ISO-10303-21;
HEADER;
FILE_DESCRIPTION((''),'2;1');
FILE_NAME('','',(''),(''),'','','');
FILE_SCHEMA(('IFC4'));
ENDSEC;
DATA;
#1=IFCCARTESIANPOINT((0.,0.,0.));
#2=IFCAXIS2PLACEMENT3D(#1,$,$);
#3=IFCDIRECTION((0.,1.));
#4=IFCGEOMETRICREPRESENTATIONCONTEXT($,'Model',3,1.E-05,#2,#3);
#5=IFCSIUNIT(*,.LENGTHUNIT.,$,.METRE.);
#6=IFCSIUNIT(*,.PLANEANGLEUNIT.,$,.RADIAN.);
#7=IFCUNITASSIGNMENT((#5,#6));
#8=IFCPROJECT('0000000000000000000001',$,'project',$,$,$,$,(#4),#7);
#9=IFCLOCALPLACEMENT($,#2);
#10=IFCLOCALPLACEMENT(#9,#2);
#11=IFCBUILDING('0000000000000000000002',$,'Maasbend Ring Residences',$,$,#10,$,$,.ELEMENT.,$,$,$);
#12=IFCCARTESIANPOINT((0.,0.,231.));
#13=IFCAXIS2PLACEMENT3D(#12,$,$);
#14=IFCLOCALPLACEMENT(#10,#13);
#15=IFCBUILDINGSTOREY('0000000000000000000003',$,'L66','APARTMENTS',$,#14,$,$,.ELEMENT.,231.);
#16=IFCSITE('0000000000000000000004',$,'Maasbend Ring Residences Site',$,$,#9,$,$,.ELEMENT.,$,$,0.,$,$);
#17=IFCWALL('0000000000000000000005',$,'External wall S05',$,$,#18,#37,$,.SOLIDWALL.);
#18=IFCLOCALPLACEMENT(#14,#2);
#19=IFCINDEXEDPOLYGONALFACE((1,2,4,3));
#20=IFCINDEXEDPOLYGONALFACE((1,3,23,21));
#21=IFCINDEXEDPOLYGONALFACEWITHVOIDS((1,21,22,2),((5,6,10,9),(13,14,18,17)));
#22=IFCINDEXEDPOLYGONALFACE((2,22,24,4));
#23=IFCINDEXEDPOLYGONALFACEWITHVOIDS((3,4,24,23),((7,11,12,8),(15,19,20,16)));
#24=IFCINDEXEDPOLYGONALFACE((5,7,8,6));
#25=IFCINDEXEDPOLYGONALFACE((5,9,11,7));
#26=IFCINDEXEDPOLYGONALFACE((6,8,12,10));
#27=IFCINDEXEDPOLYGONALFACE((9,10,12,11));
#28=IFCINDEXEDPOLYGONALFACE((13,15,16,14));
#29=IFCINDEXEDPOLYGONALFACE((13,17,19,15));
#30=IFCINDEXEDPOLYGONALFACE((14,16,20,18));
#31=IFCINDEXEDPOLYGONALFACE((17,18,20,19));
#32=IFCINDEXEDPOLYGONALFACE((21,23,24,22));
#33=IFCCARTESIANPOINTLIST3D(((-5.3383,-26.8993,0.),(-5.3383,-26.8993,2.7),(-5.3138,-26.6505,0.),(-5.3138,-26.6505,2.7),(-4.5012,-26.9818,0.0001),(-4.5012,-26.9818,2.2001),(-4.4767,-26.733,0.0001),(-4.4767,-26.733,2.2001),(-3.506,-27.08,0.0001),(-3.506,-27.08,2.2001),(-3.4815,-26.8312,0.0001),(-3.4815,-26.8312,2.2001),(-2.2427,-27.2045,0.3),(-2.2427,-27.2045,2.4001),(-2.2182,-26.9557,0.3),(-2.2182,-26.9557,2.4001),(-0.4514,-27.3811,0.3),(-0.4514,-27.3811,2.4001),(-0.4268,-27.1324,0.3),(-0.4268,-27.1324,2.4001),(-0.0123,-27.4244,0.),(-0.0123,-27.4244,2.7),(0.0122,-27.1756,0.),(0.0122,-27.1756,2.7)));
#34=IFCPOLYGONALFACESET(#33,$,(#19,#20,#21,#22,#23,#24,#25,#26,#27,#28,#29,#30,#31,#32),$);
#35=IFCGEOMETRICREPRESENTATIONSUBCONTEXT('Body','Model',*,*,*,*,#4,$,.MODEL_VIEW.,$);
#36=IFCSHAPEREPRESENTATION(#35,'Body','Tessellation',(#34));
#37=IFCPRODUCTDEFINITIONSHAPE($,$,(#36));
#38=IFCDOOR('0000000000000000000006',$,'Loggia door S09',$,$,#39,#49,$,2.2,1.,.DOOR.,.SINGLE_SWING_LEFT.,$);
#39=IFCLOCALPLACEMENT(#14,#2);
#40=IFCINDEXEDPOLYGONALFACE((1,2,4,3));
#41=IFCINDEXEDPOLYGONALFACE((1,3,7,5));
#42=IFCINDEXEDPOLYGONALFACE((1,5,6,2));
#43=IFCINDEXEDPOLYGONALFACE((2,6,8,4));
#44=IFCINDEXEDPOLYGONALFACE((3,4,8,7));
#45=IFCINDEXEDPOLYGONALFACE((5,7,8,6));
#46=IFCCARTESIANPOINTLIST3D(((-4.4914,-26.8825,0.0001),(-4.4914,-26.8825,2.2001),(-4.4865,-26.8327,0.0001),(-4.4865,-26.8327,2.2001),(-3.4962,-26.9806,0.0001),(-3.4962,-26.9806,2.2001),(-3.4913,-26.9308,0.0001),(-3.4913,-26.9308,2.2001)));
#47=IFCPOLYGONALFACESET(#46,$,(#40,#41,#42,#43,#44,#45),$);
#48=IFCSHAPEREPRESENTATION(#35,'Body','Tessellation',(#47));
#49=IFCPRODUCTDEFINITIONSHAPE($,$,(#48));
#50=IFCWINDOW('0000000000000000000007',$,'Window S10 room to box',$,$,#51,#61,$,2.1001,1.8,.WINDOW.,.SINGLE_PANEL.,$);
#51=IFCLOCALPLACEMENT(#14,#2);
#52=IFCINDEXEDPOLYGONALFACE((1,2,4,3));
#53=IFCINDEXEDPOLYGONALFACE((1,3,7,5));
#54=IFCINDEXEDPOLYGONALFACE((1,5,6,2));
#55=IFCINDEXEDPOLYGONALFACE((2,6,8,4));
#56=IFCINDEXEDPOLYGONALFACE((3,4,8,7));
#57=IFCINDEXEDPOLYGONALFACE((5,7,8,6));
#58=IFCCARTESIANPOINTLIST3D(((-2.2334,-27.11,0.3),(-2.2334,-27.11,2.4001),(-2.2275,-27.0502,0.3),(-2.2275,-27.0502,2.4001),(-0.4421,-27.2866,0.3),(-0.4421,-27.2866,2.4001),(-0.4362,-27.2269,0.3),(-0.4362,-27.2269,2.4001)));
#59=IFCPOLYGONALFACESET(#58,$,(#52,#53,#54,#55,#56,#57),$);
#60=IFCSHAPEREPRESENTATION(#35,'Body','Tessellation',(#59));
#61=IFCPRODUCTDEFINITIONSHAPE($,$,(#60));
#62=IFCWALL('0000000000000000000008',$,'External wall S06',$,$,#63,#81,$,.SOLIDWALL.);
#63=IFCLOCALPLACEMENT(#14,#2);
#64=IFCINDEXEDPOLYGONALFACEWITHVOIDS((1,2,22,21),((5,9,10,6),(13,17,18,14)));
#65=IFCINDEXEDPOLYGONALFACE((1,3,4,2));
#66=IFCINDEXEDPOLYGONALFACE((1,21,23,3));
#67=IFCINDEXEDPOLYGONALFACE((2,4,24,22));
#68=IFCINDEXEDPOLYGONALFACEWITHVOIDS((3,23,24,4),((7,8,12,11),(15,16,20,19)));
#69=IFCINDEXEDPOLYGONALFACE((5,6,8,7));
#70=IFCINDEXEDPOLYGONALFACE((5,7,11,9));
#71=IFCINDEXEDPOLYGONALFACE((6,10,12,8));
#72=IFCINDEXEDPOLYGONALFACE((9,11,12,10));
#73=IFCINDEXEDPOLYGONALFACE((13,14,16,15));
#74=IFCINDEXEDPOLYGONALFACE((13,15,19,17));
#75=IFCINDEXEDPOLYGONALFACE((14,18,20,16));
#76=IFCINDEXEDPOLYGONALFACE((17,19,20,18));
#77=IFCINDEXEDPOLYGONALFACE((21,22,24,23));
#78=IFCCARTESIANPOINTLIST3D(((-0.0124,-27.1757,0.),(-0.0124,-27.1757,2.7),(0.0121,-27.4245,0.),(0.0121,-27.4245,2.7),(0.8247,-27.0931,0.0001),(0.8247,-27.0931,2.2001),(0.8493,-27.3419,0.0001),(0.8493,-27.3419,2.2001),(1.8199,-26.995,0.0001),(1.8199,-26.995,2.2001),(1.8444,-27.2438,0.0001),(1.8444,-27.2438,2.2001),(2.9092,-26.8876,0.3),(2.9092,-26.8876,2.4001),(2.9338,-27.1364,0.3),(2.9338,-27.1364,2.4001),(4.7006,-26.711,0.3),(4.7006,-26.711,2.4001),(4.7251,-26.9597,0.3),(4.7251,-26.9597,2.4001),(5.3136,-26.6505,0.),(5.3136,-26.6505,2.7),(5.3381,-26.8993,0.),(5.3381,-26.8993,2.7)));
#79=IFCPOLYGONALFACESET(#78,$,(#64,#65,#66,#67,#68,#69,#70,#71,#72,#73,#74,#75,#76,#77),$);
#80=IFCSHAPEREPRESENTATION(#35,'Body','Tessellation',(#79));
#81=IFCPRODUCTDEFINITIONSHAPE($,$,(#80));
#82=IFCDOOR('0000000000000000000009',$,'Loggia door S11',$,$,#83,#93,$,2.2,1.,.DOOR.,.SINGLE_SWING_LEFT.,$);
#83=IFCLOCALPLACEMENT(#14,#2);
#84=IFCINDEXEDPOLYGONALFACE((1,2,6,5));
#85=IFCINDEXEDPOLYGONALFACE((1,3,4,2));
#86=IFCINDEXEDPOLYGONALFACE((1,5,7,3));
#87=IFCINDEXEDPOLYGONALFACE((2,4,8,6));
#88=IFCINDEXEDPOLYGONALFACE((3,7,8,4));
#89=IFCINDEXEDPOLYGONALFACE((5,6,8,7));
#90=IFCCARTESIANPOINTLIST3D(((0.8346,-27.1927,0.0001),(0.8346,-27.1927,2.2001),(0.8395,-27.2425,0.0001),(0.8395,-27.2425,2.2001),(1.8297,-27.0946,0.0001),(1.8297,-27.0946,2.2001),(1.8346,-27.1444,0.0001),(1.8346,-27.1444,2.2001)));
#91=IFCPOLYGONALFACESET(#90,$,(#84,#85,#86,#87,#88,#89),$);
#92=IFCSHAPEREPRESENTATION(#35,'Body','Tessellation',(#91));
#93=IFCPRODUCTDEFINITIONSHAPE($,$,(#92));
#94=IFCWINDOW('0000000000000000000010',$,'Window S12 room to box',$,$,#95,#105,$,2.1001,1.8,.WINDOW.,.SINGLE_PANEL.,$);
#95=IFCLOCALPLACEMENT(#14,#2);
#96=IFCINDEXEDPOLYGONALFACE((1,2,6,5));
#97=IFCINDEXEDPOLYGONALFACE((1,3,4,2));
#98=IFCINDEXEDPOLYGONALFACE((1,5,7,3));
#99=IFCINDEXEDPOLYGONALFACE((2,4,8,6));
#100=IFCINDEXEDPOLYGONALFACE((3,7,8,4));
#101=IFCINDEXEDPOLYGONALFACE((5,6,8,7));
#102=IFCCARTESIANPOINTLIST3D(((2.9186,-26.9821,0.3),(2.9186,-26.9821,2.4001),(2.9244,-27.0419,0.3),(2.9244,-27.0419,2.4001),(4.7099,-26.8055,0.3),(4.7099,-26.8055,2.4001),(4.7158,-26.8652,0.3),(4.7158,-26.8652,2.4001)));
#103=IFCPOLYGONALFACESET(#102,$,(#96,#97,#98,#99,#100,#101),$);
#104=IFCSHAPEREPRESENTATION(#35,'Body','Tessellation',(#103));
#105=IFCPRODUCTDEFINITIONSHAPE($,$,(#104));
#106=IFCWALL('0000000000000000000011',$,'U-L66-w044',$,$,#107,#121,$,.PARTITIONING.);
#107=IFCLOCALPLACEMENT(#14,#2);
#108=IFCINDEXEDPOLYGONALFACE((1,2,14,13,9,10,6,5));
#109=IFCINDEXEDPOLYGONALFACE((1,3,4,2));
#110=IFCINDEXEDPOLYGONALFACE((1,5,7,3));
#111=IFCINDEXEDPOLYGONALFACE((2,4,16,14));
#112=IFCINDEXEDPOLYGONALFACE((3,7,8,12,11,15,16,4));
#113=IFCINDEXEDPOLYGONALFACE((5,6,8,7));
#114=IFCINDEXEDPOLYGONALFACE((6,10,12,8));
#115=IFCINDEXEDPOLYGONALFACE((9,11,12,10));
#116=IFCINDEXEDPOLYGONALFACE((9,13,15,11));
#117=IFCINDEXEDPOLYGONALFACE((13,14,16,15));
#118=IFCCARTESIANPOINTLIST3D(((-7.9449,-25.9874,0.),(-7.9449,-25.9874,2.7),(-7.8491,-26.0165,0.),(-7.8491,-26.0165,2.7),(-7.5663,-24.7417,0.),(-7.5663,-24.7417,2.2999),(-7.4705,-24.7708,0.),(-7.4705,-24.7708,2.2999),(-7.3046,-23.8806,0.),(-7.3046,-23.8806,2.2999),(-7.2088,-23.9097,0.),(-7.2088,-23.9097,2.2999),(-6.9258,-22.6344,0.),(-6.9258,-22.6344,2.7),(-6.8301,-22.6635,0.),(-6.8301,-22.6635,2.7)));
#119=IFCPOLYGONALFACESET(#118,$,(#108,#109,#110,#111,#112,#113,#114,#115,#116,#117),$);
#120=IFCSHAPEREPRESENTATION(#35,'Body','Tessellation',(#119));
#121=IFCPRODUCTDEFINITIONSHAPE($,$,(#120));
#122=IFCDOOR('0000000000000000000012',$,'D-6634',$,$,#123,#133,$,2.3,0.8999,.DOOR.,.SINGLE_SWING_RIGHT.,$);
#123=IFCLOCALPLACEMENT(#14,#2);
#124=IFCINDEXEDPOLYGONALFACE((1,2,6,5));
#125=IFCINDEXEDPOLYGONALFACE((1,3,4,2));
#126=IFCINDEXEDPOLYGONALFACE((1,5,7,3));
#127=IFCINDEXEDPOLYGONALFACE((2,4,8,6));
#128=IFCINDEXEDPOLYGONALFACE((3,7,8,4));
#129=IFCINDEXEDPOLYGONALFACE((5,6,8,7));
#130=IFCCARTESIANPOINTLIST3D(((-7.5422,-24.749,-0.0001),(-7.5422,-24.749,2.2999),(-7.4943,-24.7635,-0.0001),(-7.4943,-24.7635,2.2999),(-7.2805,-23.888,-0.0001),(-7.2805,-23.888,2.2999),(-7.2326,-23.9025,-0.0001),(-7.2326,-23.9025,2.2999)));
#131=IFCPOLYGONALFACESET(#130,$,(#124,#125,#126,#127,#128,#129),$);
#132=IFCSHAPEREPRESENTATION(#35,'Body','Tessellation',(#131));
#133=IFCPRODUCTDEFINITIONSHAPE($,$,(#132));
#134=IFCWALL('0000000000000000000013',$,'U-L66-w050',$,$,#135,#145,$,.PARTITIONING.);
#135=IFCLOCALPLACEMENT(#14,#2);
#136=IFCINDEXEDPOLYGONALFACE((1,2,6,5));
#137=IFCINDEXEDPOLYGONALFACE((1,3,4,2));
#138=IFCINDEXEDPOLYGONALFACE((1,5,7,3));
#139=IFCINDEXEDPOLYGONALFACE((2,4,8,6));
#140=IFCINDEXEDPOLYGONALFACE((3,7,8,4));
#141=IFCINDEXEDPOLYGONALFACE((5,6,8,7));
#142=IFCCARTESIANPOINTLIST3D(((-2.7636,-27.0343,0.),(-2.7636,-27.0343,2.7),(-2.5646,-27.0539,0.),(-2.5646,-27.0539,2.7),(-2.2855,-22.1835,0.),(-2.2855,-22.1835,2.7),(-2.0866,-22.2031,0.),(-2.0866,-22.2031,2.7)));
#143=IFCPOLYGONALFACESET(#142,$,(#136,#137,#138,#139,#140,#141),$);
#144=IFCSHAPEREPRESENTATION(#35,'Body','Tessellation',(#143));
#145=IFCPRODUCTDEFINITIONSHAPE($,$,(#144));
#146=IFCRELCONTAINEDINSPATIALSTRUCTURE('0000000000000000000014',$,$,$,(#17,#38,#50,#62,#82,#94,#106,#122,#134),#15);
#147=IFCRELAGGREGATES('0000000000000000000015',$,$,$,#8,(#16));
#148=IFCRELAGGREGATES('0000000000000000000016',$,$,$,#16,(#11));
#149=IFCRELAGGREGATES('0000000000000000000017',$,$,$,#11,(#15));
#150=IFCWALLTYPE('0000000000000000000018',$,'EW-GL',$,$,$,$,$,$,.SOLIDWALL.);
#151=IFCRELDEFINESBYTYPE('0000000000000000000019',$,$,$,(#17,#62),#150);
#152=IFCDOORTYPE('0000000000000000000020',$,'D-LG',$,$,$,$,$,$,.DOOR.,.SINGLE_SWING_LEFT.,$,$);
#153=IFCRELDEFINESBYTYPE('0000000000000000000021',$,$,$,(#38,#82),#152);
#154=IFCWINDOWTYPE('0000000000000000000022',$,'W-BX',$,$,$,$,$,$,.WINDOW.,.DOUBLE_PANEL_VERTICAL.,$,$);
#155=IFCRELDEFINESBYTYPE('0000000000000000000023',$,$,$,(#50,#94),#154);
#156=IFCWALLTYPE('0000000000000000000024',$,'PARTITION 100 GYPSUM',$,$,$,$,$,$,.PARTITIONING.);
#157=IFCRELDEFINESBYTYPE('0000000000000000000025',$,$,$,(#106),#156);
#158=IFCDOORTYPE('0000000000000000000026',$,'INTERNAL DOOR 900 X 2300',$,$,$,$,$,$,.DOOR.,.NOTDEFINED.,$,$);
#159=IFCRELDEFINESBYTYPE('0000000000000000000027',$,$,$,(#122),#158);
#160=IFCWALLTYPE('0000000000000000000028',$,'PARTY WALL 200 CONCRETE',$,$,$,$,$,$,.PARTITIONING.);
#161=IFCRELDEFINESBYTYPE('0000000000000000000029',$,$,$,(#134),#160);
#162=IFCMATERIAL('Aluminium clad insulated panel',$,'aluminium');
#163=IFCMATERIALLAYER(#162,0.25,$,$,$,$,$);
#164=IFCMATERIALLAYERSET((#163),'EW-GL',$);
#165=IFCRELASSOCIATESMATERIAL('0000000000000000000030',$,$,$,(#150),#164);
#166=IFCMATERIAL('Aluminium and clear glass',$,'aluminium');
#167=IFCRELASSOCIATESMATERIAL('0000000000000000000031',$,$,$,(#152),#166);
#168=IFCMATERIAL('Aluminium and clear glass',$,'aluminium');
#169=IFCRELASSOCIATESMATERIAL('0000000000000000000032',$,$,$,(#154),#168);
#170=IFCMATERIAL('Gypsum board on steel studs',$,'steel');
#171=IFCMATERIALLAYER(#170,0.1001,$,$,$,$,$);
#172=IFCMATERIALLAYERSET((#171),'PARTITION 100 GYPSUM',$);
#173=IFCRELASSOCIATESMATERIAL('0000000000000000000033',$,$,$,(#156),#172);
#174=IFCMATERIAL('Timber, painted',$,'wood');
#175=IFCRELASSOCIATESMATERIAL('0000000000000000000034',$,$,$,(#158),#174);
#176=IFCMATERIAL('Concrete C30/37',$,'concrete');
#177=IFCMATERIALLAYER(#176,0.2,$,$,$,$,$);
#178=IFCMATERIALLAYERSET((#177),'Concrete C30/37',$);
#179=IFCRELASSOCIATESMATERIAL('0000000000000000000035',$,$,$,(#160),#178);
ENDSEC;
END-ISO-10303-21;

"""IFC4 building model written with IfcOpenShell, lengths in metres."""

from ifc_helpers import new_model, si_unit, direction, frame, frame_2d, origin, place, context, subcontext, project, spatial, rectangle, extrude, material, layer, layer_set, type_object, element, fill, save


model = new_model("IFC4")

# Units and contexts
model_context = context("Model", 3, precision=1e-05, world=origin(), true_north=direction((0.0, 1.0)))
body_context = subcontext(model_context, "Body", "Model", "MODEL_VIEW")
ifc_project = project(units=[si_unit("LENGTHUNIT", "METRE"), si_unit("PLANEANGLEUNIT", "RADIAN")], contexts=[model_context])

# Site, building, storey
site_placement = place(None, origin())
site = spatial("IfcSite", under=ifc_project, at=site_placement, Name="Maasbend Ring Residences Site", CompositionType="ELEMENT", RefElevation=0.0)
building_placement = place(site_placement, origin())
building = spatial("IfcBuilding", under=site, at=building_placement, Name="Maasbend Ring Residences", CompositionType="ELEMENT")
storey_placement = place(building_placement, frame((0.0, 0.0, 231.0)))
storey = spatial("IfcBuildingStorey", under=building, at=storey_placement, Name="L66", Description="APARTMENTS", CompositionType="ELEMENT", Elevation=231.0)

# Walls, openings, doors, windows
ifc_material_1 = material(Name="Aluminium clad insulated panel", Category="aluminium")
ifc_layer_1 = layer(ifc_material_1, 0.25)
ifc_layer_set_1 = layer_set([ifc_layer_1], Name="EW-GL")
wall_type_1 = type_object("IfcWallType", Name="EW-GL", PredefinedType="SOLIDWALL", material=ifc_layer_set_1)
wall_1_placement = place(storey_placement, frame((-5.3259, -26.7749, 0.0), z_axis=(0.0, 0.0, 1.0), x_axis=(0.995174, -0.098126, 0.0)))
wall_1 = element("IfcWall", 1, at=wall_1_placement, inside=storey, type_object=wall_type_1, Name="External wall S05", PredefinedType="SOLIDWALL", context=body_context, shape_type="SweptSolid", body=[
    extrude(rectangle(XDim=5.3518, YDim=0.25, at=frame_2d((2.6758, 0.0))), origin(), (0.0, 0.0, 1.0), 2.7),
])
opening_1_placement = place(wall_1_placement, frame((0.8411, 0.0, 0.0)))
opening_1 = element("IfcOpeningElement", 2, at=opening_1_placement, cuts=wall_1, PredefinedType="OPENING", context=body_context, shape_type="SweptSolid", body=[
    extrude(rectangle(XDim=1.0, YDim=2.2, at=frame_2d((0.5, 1.1001))), frame((0.0, 0.135, 0.0), z_axis=(0.0, -1.0, 0.0), x_axis=(1.0, 0.0, 0.0)), (0.0, 0.0, 1.0), 0.27),
])
opening_2_placement = place(wall_1_placement, frame((3.1106, 0.0, 0.3)))
opening_2 = element("IfcOpeningElement", 3, at=opening_2_placement, cuts=wall_1, PredefinedType="OPENING", context=body_context, shape_type="SweptSolid", body=[
    extrude(rectangle(XDim=1.8, YDim=2.1001, at=frame_2d((0.8999, 1.05))), frame((0.0, 0.135, 0.0), z_axis=(0.0, -1.0, 0.0), x_axis=(1.0, 0.0, 0.0)), (0.0, 0.0, 1.0), 0.27),
])
ifc_material_2 = material(Name="Aluminium and clear glass", Category="aluminium")
door_type_1 = type_object("IfcDoorType", Name="D-LG", OperationType="SINGLE_SWING_LEFT", PredefinedType="DOOR", material=ifc_material_2)
door_1_placement = place(opening_1_placement, origin())
door_1 = element("IfcDoor", 4, at=door_1_placement, inside=storey, type_object=door_type_1, Name="Loggia door S09", OperationType="SINGLE_SWING_LEFT", OverallHeight=2.2, OverallWidth=1.0, PredefinedType="DOOR", context=body_context, shape_type="SweptSolid", body=[
    extrude(rectangle(XDim=1.0, YDim=2.2, at=frame_2d((0.5, 1.1001))), frame((0.0, 0.0249, 0.0), z_axis=(0.0, -1.0, 0.0), x_axis=(1.0, 0.0, 0.0)), (0.0, 0.0, 1.0), 0.05),
])
fill(opening_1, door_1)
ifc_material_3 = material(Name="Aluminium and clear glass", Category="aluminium")
window_type_1 = type_object("IfcWindowType", Name="W-BX", PartitioningType="DOUBLE_PANEL_VERTICAL", PredefinedType="WINDOW", material=ifc_material_3)
window_1_placement = place(opening_2_placement, origin())
window_1 = element("IfcWindow", 5, at=window_1_placement, inside=storey, type_object=window_type_1, Name="Window S10 room to box", OverallHeight=2.1001, OverallWidth=1.8, PartitioningType="SINGLE_PANEL", PredefinedType="WINDOW", context=body_context, shape_type="SweptSolid", body=[
    extrude(rectangle(XDim=1.8, YDim=2.1001, at=frame_2d((0.8999, 1.05))), frame((0.0, 0.03, 0.0), z_axis=(0.0, -1.0, 0.0), x_axis=(1.0, 0.0, 0.0)), (0.0, 0.0, 1.0), 0.0601),
])
fill(opening_2, window_1)
wall_2_placement = place(storey_placement, frame((0.0, -27.3, 0.0), z_axis=(0.0, 0.0, 1.0), x_axis=(0.995174, 0.098126, 0.0)))
wall_2 = element("IfcWall", 6, at=wall_2_placement, inside=storey, type_object=wall_type_1, Name="External wall S06", PredefinedType="SOLIDWALL", context=body_context, shape_type="SweptSolid", body=[
    extrude(rectangle(XDim=5.3518, YDim=0.25, at=frame_2d((2.6758, 0.0))), origin(), (0.0, 0.0, 1.0), 2.7),
])
opening_3_placement = place(wall_2_placement, frame((0.8411, 0.0, 0.0)))
opening_3 = element("IfcOpeningElement", 7, at=opening_3_placement, cuts=wall_2, PredefinedType="OPENING", context=body_context, shape_type="SweptSolid", body=[
    extrude(rectangle(XDim=1.0, YDim=2.2, at=frame_2d((0.5, 1.1001))), frame((0.0, 0.135, 0.0), z_axis=(0.0, -1.0, 0.0), x_axis=(1.0, 0.0, 0.0)), (0.0, 0.0, 1.0), 0.27),
])
opening_4_placement = place(wall_2_placement, frame((2.9358, 0.0, 0.3)))
opening_4 = element("IfcOpeningElement", 8, at=opening_4_placement, cuts=wall_2, PredefinedType="OPENING", context=body_context, shape_type="SweptSolid", body=[
    extrude(rectangle(XDim=1.8, YDim=2.1001, at=frame_2d((0.8999, 1.05))), frame((0.0, 0.135, 0.0), z_axis=(0.0, -1.0, 0.0), x_axis=(1.0, 0.0, 0.0)), (0.0, 0.0, 1.0), 0.27),
])
door_2_placement = place(opening_3_placement, origin())
door_2 = element("IfcDoor", 9, at=door_2_placement, inside=storey, type_object=door_type_1, Name="Loggia door S11", OperationType="SINGLE_SWING_LEFT", OverallHeight=2.2, OverallWidth=1.0, PredefinedType="DOOR", context=body_context, shape_type="SweptSolid", body=[
    extrude(rectangle(XDim=1.0, YDim=2.2, at=frame_2d((0.5, 1.1001))), frame((0.0, 0.0249, 0.0), z_axis=(0.0, -1.0, 0.0), x_axis=(1.0, 0.0, 0.0)), (0.0, 0.0, 1.0), 0.05),
])
fill(opening_3, door_2)
window_2_placement = place(opening_4_placement, origin())
window_2 = element("IfcWindow", 10, at=window_2_placement, inside=storey, type_object=window_type_1, Name="Window S12 room to box", OverallHeight=2.1001, OverallWidth=1.8, PartitioningType="SINGLE_PANEL", PredefinedType="WINDOW", context=body_context, shape_type="SweptSolid", body=[
    extrude(rectangle(XDim=1.8, YDim=2.1001, at=frame_2d((0.8999, 1.05))), frame((0.0, 0.03, 0.0), z_axis=(0.0, -1.0, 0.0), x_axis=(1.0, 0.0, 0.0)), (0.0, 0.0, 1.0), 0.0601),
])
fill(opening_4, window_2)

# Wall, opening, door
ifc_material_4 = material(Name="Gypsum board on steel studs", Category="steel")
ifc_layer_2 = layer(ifc_material_4, 0.1001)
ifc_layer_set_2 = layer_set([ifc_layer_2], Name="PARTITION 100 GYPSUM")
wall_type_2 = type_object("IfcWallType", Name="PARTITION 100 GYPSUM", PredefinedType="PARTITIONING", material=ifc_layer_set_2)
wall_3_placement = place(storey_placement, frame((-7.897, -26.002, 0.0), z_axis=(0.0, 0.0, 1.0), x_axis=(0.290785, 0.956789, 0.0)))
wall_3 = element("IfcWall", 11, at=wall_3_placement, inside=storey, type_object=wall_type_2, Name="U-L66-w044", PredefinedType="PARTITIONING", context=body_context, shape_type="SweptSolid", body=[
    extrude(rectangle(XDim=3.5044, YDim=0.1001, at=frame_2d((1.7522, 0.0))), origin(), (0.0, 0.0, 1.0), 2.7),
])
opening_5_placement = place(wall_3_placement, frame((1.302, 0.0, 0.0)))
opening_5 = element("IfcOpeningElement", 12, at=opening_5_placement, cuts=wall_3, PredefinedType="OPENING", context=body_context, shape_type="SweptSolid", body=[
    extrude(rectangle(XDim=0.8999, YDim=2.3, at=frame_2d((0.45, 1.1499))), frame((0.0, 0.0601, 0.0), z_axis=(0.0, -1.0, 0.0), x_axis=(1.0, 0.0, 0.0)), (0.0, 0.0, 1.0), 0.1201),
])
ifc_material_5 = material(Name="Timber, painted", Category="wood")
door_type_2 = type_object("IfcDoorType", Name="INTERNAL DOOR 900 X 2300", OperationType="NOTDEFINED", PredefinedType="DOOR", material=ifc_material_5)
door_3_placement = place(opening_5_placement, origin())
door_3 = element("IfcDoor", 13, at=door_3_placement, inside=storey, type_object=door_type_2, Name="D-6634", OperationType="SINGLE_SWING_RIGHT", OverallHeight=2.3, OverallWidth=0.8999, PredefinedType="DOOR", context=body_context, shape_type="SweptSolid", body=[
    extrude(rectangle(XDim=0.8999, YDim=2.3, at=frame_2d((0.45, 1.1499))), frame((0.0, 0.0249, 0.0), z_axis=(0.0, -1.0, 0.0), x_axis=(1.0, 0.0, 0.0)), (0.0, 0.0, 1.0), 0.05),
])
fill(opening_5, door_3)

# Wall
ifc_material_6 = material(Name="Concrete C30/37", Category="concrete")
ifc_layer_3 = layer(ifc_material_6, 0.2)
ifc_layer_set_3 = layer_set([ifc_layer_3], Name="Concrete C30/37")
wall_type_3 = type_object("IfcWallType", Name="PARTY WALL 200 CONCRETE", PredefinedType="PARTITIONING", material=ifc_layer_set_3)
wall_4_placement = place(storey_placement, frame((-2.6641, -27.0439, 0.0), z_axis=(0.0, 0.0, 1.0), x_axis=(0.09807, 0.995179, 0.0)))
element("IfcWall", 14, at=wall_4_placement, inside=storey, type_object=wall_type_3, Name="U-L66-w050", PredefinedType="PARTITIONING", context=body_context, shape_type="SweptSolid", body=[
    extrude(rectangle(XDim=4.8743, YDim=0.2, at=frame_2d((2.437, 0.0))), origin(), (0.0, 0.0, 1.0), 2.7),
])

save(model, "model.ifc")
